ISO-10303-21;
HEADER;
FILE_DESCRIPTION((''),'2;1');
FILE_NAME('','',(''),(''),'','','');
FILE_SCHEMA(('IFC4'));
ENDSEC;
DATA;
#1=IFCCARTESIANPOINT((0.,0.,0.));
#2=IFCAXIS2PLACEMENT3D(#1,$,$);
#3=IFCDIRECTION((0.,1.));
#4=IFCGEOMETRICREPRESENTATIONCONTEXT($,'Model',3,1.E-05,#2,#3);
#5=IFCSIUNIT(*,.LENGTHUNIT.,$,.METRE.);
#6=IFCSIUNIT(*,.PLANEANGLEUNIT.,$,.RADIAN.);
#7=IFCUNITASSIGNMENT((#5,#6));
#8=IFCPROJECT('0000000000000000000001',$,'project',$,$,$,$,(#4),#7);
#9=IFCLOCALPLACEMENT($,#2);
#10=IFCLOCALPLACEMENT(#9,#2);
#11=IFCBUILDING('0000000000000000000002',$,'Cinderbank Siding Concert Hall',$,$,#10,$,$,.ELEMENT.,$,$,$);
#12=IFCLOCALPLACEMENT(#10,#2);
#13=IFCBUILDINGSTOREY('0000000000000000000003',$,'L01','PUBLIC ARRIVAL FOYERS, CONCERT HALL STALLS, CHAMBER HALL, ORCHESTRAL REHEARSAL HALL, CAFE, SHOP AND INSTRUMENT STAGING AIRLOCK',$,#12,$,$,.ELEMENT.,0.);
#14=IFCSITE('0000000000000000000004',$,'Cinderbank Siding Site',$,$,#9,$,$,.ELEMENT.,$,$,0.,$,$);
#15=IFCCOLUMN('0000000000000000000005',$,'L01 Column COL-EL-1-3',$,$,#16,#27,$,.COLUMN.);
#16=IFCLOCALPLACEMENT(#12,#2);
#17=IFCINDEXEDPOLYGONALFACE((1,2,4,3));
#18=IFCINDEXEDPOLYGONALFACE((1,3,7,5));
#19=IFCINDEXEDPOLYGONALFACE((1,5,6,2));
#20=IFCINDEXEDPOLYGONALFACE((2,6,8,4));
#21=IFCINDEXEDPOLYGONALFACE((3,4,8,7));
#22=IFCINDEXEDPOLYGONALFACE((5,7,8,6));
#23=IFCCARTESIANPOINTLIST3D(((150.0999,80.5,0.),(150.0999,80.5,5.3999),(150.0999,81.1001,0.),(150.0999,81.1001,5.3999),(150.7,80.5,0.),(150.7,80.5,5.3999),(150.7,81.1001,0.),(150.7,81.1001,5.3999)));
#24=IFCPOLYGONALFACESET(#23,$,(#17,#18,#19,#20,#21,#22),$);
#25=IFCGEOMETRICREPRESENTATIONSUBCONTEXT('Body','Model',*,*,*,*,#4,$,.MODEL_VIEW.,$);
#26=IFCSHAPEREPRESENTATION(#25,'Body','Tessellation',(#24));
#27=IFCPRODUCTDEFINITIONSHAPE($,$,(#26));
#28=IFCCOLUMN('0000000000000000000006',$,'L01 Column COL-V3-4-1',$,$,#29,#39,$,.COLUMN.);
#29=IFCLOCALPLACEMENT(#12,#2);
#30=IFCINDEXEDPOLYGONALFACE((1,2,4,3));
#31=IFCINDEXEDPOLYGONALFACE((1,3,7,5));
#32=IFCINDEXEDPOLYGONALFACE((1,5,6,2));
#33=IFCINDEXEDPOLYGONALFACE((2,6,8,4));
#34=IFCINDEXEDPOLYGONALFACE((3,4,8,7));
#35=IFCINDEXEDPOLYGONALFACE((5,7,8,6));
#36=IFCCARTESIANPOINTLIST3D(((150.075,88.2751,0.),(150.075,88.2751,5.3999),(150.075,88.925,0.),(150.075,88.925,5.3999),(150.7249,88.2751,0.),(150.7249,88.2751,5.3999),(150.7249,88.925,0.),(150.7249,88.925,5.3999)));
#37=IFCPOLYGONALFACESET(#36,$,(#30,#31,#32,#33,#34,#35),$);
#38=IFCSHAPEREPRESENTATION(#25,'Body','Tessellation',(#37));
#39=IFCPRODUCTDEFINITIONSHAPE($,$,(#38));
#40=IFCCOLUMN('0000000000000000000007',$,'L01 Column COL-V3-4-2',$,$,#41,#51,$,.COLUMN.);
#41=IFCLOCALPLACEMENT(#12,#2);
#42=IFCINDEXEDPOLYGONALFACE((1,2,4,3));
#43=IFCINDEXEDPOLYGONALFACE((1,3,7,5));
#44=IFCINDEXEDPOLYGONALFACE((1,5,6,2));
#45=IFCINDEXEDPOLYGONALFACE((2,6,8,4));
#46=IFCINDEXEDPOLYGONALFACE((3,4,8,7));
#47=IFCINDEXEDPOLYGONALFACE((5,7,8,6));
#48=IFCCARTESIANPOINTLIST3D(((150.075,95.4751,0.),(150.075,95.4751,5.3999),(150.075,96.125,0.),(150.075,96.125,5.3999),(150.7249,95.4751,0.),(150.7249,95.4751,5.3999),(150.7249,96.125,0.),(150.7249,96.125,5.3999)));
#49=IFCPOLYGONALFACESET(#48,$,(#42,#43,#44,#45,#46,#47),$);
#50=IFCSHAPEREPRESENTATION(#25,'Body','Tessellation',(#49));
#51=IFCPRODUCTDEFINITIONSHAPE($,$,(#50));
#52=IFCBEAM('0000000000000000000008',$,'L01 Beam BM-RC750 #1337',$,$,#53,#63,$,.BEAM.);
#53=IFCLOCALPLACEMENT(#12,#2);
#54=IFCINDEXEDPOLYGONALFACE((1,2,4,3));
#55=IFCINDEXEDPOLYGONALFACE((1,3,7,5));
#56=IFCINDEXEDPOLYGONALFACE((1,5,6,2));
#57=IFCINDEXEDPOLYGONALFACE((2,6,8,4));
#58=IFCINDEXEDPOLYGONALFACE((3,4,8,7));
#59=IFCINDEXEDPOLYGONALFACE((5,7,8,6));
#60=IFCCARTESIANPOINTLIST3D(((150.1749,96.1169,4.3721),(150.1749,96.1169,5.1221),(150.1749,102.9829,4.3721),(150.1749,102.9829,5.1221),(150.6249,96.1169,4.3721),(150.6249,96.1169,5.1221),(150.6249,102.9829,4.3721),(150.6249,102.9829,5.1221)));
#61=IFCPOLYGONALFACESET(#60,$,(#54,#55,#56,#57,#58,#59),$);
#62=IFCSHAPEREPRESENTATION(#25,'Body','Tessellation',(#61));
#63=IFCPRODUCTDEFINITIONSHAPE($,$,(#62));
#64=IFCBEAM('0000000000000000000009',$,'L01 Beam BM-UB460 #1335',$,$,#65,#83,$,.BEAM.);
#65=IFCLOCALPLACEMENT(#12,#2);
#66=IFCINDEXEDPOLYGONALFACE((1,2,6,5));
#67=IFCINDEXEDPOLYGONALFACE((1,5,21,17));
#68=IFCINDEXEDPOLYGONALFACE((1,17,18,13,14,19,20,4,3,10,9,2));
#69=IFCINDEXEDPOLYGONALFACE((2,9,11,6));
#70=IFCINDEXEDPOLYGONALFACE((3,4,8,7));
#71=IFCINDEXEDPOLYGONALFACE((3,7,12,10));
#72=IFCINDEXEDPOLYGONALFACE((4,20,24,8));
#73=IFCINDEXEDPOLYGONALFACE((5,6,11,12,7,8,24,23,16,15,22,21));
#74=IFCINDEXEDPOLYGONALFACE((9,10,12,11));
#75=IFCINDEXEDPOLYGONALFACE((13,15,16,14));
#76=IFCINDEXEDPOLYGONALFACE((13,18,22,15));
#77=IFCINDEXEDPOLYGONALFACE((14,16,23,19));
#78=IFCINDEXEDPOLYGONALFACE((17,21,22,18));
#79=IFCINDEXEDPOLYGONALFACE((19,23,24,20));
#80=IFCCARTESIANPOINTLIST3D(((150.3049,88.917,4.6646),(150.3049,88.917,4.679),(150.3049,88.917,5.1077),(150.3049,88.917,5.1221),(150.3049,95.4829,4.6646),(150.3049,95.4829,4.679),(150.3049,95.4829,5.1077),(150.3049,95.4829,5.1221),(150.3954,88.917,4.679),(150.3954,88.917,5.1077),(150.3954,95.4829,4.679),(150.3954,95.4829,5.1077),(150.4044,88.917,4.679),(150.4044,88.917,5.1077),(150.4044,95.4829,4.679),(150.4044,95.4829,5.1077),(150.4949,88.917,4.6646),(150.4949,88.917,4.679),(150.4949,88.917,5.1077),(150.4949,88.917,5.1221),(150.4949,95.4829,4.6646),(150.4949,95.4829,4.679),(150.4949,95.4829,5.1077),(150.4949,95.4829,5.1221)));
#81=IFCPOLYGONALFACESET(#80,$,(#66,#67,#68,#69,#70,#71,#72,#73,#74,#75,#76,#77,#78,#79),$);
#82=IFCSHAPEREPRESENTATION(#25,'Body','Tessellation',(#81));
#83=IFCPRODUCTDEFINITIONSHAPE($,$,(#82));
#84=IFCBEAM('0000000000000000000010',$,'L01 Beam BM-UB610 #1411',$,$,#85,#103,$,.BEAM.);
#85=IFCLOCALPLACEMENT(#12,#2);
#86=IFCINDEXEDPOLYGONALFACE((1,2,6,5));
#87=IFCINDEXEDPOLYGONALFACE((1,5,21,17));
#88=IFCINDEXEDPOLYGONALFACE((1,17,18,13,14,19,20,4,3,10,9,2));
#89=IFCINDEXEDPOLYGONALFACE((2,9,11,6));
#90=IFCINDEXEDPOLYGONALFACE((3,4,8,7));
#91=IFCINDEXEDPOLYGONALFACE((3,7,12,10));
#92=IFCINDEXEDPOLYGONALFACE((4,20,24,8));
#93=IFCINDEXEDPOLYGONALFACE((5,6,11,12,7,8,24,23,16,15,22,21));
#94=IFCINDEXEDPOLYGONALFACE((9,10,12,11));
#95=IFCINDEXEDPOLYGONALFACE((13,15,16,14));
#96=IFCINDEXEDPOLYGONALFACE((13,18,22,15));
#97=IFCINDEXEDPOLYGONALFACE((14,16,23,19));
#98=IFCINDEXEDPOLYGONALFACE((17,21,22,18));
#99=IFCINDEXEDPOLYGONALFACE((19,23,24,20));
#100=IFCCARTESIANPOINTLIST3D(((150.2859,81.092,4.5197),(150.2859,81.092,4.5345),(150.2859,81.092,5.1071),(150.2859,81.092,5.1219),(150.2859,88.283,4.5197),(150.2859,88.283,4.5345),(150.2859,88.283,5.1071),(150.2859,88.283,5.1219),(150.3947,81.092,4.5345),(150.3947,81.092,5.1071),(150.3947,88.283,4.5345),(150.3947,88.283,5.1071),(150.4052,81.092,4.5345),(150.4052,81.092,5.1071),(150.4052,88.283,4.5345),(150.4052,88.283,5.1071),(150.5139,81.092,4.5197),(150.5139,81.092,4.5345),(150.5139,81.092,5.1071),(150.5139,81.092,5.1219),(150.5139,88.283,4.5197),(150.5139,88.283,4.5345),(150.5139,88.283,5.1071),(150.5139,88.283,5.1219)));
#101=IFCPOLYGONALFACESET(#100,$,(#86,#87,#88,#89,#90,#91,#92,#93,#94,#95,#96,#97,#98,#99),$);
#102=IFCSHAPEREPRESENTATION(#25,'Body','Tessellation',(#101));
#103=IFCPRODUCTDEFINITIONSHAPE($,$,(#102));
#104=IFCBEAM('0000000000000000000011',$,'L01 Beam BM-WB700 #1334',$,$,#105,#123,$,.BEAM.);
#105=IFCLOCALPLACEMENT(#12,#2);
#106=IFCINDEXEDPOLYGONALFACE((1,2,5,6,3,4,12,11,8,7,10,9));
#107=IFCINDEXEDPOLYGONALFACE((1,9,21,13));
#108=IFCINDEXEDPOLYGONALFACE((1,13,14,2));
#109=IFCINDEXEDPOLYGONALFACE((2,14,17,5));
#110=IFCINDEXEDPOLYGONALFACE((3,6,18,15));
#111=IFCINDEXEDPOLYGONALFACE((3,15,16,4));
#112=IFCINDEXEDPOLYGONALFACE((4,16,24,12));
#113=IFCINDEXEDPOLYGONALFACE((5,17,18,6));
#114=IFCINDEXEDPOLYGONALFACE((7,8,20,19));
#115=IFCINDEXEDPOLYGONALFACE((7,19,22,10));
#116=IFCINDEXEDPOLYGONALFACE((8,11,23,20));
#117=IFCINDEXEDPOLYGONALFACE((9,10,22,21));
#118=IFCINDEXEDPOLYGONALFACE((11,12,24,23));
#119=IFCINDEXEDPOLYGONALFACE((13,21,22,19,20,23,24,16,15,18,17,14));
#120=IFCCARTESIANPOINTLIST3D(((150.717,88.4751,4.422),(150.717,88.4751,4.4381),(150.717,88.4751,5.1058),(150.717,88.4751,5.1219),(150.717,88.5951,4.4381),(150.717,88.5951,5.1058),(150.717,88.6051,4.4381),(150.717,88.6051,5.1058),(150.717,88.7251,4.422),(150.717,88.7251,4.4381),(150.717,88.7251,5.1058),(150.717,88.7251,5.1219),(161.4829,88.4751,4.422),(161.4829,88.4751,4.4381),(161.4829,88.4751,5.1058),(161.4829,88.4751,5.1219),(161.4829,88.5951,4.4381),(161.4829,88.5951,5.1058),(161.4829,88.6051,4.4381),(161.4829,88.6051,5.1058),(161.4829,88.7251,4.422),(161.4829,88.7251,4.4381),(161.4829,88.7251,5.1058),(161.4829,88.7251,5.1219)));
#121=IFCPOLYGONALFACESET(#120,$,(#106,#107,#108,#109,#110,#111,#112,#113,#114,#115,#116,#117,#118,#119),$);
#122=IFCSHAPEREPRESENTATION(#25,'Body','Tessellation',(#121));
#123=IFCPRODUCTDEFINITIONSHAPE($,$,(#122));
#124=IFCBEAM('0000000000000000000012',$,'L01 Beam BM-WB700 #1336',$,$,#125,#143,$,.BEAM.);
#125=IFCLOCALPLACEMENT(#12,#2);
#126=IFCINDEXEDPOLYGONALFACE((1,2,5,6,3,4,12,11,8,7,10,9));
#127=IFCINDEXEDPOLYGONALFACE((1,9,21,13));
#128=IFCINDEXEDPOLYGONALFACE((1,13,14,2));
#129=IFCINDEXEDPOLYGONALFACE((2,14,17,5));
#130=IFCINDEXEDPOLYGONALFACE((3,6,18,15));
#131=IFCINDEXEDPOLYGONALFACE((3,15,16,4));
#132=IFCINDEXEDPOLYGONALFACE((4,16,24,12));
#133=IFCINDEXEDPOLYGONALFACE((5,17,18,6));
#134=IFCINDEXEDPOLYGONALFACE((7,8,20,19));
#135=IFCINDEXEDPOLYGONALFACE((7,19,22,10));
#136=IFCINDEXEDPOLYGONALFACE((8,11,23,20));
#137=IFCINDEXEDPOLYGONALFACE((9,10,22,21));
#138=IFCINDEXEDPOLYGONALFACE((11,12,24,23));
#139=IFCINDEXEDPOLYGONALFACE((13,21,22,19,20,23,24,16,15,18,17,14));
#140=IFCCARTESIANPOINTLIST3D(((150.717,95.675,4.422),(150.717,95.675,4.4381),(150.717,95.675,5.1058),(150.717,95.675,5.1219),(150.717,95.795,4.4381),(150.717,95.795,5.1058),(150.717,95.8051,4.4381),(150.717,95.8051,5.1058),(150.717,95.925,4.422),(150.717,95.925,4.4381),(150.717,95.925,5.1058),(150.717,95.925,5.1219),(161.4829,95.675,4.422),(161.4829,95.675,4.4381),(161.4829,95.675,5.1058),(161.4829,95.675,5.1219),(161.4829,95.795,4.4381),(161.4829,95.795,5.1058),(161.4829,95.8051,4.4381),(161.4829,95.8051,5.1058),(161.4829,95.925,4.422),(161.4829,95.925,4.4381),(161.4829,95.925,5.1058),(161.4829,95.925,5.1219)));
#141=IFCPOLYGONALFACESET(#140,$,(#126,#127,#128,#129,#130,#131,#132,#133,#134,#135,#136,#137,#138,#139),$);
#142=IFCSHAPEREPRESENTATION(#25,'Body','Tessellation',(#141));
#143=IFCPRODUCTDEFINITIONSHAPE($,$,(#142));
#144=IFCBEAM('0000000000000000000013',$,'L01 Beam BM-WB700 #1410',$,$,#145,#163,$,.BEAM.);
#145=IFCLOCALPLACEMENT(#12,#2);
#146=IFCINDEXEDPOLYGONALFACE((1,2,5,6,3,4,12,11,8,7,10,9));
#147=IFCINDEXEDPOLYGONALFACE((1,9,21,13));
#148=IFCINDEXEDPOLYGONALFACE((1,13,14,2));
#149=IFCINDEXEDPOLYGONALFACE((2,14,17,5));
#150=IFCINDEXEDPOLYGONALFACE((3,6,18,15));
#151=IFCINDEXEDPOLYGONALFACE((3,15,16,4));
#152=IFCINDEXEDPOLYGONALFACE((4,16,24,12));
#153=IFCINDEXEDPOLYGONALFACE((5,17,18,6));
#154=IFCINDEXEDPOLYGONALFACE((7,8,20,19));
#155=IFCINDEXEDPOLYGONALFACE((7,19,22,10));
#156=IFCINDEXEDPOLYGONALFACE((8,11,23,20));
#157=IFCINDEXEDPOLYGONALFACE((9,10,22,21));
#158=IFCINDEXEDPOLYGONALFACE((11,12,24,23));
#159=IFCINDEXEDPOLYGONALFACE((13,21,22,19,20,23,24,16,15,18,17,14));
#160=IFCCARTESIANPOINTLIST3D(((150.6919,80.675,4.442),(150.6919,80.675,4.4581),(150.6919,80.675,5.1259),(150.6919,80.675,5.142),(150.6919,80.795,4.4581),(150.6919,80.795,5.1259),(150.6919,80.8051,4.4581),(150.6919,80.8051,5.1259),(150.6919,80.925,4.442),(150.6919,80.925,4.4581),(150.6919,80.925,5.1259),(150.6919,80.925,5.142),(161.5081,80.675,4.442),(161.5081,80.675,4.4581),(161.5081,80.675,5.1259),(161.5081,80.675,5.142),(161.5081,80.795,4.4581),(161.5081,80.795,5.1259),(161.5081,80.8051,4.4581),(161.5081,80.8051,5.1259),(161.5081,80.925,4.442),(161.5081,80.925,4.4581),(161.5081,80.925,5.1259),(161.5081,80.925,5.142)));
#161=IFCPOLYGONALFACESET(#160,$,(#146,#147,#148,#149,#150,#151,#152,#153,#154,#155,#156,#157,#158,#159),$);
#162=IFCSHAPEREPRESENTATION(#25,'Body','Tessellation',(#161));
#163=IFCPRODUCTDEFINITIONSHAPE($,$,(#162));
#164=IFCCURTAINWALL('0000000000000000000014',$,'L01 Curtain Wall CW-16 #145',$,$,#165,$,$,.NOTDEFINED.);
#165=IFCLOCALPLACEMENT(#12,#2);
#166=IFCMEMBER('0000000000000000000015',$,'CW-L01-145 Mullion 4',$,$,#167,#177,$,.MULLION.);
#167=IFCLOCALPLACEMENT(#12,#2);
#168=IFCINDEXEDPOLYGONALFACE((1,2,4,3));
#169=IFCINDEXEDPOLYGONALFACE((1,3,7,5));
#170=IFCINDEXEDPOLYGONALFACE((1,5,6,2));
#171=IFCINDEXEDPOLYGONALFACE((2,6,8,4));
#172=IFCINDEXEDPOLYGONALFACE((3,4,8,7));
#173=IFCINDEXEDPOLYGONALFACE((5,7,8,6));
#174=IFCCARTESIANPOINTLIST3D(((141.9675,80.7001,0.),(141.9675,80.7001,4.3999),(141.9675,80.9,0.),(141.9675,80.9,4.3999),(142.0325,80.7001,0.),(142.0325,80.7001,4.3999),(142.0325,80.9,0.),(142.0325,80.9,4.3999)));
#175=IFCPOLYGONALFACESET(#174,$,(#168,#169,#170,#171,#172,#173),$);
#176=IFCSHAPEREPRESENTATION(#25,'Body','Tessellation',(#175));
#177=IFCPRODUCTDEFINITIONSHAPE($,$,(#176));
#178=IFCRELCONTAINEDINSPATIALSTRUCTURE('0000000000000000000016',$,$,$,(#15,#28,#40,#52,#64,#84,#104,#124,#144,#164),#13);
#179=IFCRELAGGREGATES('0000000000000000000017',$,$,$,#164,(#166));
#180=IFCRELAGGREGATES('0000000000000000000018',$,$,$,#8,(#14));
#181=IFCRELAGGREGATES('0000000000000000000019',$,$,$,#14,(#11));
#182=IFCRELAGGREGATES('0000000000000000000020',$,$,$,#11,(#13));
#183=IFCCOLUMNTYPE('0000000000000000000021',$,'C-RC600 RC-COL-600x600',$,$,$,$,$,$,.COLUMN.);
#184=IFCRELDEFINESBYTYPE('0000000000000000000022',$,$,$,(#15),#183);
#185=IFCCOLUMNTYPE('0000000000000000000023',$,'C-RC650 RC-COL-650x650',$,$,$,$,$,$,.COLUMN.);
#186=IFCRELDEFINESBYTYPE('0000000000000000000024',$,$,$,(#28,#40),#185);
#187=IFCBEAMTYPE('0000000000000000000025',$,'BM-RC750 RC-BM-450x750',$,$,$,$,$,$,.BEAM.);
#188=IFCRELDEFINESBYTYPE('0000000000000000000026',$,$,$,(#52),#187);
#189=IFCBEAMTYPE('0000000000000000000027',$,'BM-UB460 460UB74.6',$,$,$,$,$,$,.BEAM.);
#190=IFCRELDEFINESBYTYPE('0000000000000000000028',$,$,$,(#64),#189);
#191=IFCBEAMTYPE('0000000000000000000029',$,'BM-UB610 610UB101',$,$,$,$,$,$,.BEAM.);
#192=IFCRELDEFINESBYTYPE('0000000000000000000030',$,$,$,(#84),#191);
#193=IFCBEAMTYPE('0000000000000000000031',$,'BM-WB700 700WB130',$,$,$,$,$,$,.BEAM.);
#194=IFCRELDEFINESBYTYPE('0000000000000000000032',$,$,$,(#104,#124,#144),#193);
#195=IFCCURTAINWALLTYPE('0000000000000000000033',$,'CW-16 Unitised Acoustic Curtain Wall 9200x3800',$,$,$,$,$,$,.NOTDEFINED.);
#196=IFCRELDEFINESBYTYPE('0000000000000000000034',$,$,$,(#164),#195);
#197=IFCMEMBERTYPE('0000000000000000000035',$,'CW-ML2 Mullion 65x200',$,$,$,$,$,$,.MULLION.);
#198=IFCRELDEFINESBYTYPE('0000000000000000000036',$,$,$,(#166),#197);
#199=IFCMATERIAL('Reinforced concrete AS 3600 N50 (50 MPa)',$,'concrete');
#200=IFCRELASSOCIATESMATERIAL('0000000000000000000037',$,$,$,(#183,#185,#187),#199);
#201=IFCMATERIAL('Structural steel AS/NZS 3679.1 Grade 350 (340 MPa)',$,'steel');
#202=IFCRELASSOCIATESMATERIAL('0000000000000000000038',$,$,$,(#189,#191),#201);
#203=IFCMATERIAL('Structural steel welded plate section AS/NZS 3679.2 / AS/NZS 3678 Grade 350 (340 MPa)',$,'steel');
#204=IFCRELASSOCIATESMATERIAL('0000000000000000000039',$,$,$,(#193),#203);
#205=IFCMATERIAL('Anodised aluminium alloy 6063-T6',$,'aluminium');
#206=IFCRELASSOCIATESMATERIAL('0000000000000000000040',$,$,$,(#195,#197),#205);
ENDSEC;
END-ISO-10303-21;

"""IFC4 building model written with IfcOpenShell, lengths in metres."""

from ifc_helpers import new_model, si_unit, direction, frame, origin, origin_2d, place, context, subcontext, project, spatial, rectangle, i_section, extrude, material, material_profile, profile_set, type_object, element, aggregate, save


model = new_model("IFC4")

# Units and contexts
model_context = context("Model", 3, precision=1e-05, world=origin(), true_north=direction((0.0, 1.0)))
body_context = subcontext(model_context, "Body", "Model", "MODEL_VIEW")
ifc_project = project(units=[si_unit("LENGTHUNIT", "METRE"), si_unit("PLANEANGLEUNIT", "RADIAN")], contexts=[model_context])

# Site, building, storey
site_placement = place(None, origin())
site = spatial("IfcSite", under=ifc_project, at=site_placement, Name="Cinderbank Siding Site", CompositionType="ELEMENT", RefElevation=0.0)
building_placement = place(site_placement, origin())
building = spatial("IfcBuilding", under=site, at=building_placement, Name="Cinderbank Siding Concert Hall", CompositionType="ELEMENT")
storey_placement = place(building_placement, origin())
storey = spatial("IfcBuildingStorey", under=building, at=storey_placement, Name="L01", Description="PUBLIC ARRIVAL FOYERS, CONCERT HALL STALLS, CHAMBER HALL, ORCHESTRAL REHEARSAL HALL, CAFE, SHOP AND INSTRUMENT STAGING AIRLOCK", CompositionType="ELEMENT", Elevation=0.0)

# Columns
ifc_material_1 = material(Name="Reinforced concrete AS 3600 N50 (50 MPa)", Category="concrete")
ifc_material_profile_1 = material_profile(ifc_material_1, rectangle(XDim=0.6001, YDim=0.6001, at=origin_2d()), Name="RC-COL-600x600", Category="LoadBearing")
ifc_profile_set_1 = profile_set([ifc_material_profile_1], Name="Reinforced concrete AS 3600 N50 (50 MPa)")
column_type_1 = type_object("IfcColumnType", Name="C-RC600 RC-COL-600x600", PredefinedType="COLUMN", material=ifc_profile_set_1)
column_placement = place(storey_placement, frame((150.3999, 80.8, 0.0), z_axis=(0.0, 0.0, 1.0), x_axis=(1.0, 0.0, 0.0)))
element("IfcColumn", 1, at=column_placement, inside=storey, type_object=column_type_1, Name="L01 Column COL-EL-1-3", PredefinedType="COLUMN", context=body_context, shape_type="SweptSolid", body=[
    extrude(rectangle(XDim=0.6001, YDim=0.6001, at=origin_2d()), origin(), (0.0, 0.0, 1.0), 5.3999),
])
ifc_material_profile_2 = material_profile(ifc_material_1, rectangle(XDim=0.6499, YDim=0.6499, at=origin_2d()), Name="RC-COL-650x650", Category="LoadBearing")
ifc_profile_set_2 = profile_set([ifc_material_profile_2], Name="Reinforced concrete AS 3600 N50 (50 MPa)")
column_type_2 = type_object("IfcColumnType", Name="C-RC650 RC-COL-650x650", PredefinedType="COLUMN", material=ifc_profile_set_2)
for number, where, z_axis, x_axis, name in (
    (2, (150.3999, 88.6001, 0.0), (0.0, 0.0, 1.0), (1.0, 0.0, 0.0), "L01 Column COL-V3-4-1"),
    (3, (150.3999, 95.8, 0.0), (0.0, 0.0, 1.0), (1.0, 0.0, 0.0), "L01 Column COL-V3-4-2"),
):
    element("IfcColumn", number, at=place(storey_placement, frame(where, z_axis=z_axis, x_axis=x_axis)), inside=storey, type_object=column_type_2, Name=name, PredefinedType="COLUMN", context=body_context, shape_type="SweptSolid", body=[
        extrude(rectangle(XDim=0.6499, YDim=0.6499, at=origin_2d()), origin(), (0.0, 0.0, 1.0), 5.3999),
    ])

# Beams
ifc_material_profile_3 = material_profile(ifc_material_1, rectangle(XDim=0.45, YDim=0.75, at=origin_2d()), Name="RC-BM-450x750", Category="LoadBearing")
ifc_profile_set_3 = profile_set([ifc_material_profile_3], Name="Reinforced concrete AS 3600 N50 (50 MPa)")
beam_type_1 = type_object("IfcBeamType", Name="BM-RC750 RC-BM-450x750", PredefinedType="BEAM", material=ifc_profile_set_3)
beam_1_placement = place(storey_placement, frame((150.3999, 96.1169, 4.7471), z_axis=(0.0, 1.0, 0.0), x_axis=(-1.0, 0.0, 0.0)))
element("IfcBeam", 4, at=beam_1_placement, inside=storey, type_object=beam_type_1, Name="L01 Beam BM-RC750 #1337", PredefinedType="BEAM", context=body_context, shape_type="SweptSolid", body=[
    extrude(rectangle(XDim=0.45, YDim=0.75, at=origin_2d()), origin(), (0.0, 0.0, 1.0), 6.866),
])
ifc_material_2 = material(Name="Structural steel AS/NZS 3679.1 Grade 350 (340 MPa)", Category="steel")
ifc_material_profile_4 = material_profile(ifc_material_2, i_section(OverallWidth=0.1899, OverallDepth=0.4575, WebThickness=0.009, FlangeThickness=0.0144, at=origin_2d()), Name="460UB74.6", Category="LoadBearing")
ifc_profile_set_4 = profile_set([ifc_material_profile_4], Name="Structural steel AS/NZS 3679.1 Grade 350 (340 MPa)")
beam_type_2 = type_object("IfcBeamType", Name="BM-UB460 460UB74.6", PredefinedType="BEAM", material=ifc_profile_set_4)
beam_2_placement = place(storey_placement, frame((150.3999, 88.917, 4.8933), z_axis=(0.0, 1.0, 0.0), x_axis=(-1.0, 0.0, 0.0)))
element("IfcBeam", 5, at=beam_2_placement, inside=storey, type_object=beam_type_2, Name="L01 Beam BM-UB460 #1335", PredefinedType="BEAM", context=body_context, shape_type="SweptSolid", body=[
    extrude(i_section(OverallWidth=0.1899, OverallDepth=0.4575, WebThickness=0.009, FlangeThickness=0.0144, at=origin_2d()), origin(), (0.0, 0.0, 1.0), 6.5659),
])
ifc_material_profile_5 = material_profile(ifc_material_2, i_section(OverallWidth=0.228, OverallDepth=0.6023, WebThickness=0.0105, FlangeThickness=0.0149, at=origin_2d()), Name="610UB101", Category="LoadBearing")
ifc_profile_set_5 = profile_set([ifc_material_profile_5], Name="Structural steel AS/NZS 3679.1 Grade 350 (340 MPa)")
beam_type_3 = type_object("IfcBeamType", Name="BM-UB610 610UB101", PredefinedType="BEAM", material=ifc_profile_set_5)
beam_3_placement = place(storey_placement, frame((150.3999, 81.092, 4.8208), z_axis=(0.0, 1.0, 0.0), x_axis=(-1.0, 0.0, 0.0)))
element("IfcBeam", 6, at=beam_3_placement, inside=storey, type_object=beam_type_3, Name="L01 Beam BM-UB610 #1411", PredefinedType="BEAM", context=body_context, shape_type="SweptSolid", body=[
    extrude(i_section(OverallWidth=0.228, OverallDepth=0.6023, WebThickness=0.0105, FlangeThickness=0.0149, at=origin_2d()), origin(), (0.0, 0.0, 1.0), 7.1909),
])
ifc_material_3 = material(Name="Structural steel welded plate section AS/NZS 3679.2 / AS/NZS 3678 Grade 350 (340 MPa)", Category="steel")
ifc_material_profile_6 = material_profile(ifc_material_3, i_section(OverallWidth=0.25, OverallDepth=0.7, WebThickness=0.01, FlangeThickness=0.0161, at=origin_2d()), Name="700WB130", Category="LoadBearing")
ifc_profile_set_6 = profile_set([ifc_material_profile_6], Name="Structural steel welded plate section AS/NZS 3679.2 / AS/NZS 3678 Grade 350 (340 MPa)")
beam_type_4 = type_object("IfcBeamType", Name="BM-WB700 700WB130", PredefinedType="BEAM", material=ifc_profile_set_6)
for number, where, z_axis, x_axis, name in (
    (7, (150.717, 88.6001, 4.772), (1.0, 0.0, 0.0), (0.0, 1.0, 0.0), "L01 Beam BM-WB700 #1334"),
    (8, (150.717, 95.8, 4.772), (1.0, 0.0, 0.0), (0.0, 1.0, 0.0), "L01 Beam BM-WB700 #1336"),
):
    element("IfcBeam", number, at=place(storey_placement, frame(where, z_axis=z_axis, x_axis=x_axis)), inside=storey, type_object=beam_type_4, Name=name, PredefinedType="BEAM", context=body_context, shape_type="SweptSolid", body=[
        extrude(i_section(OverallWidth=0.25, OverallDepth=0.7, WebThickness=0.01, FlangeThickness=0.0161, at=origin_2d()), origin(), (0.0, 0.0, 1.0), 10.7659),
    ])
beam_4_placement = place(storey_placement, frame((150.6919, 80.8, 4.792), z_axis=(1.0, 0.0, 0.0), x_axis=(0.0, 1.0, 0.0)))
element("IfcBeam", 9, at=beam_4_placement, inside=storey, type_object=beam_type_4, Name="L01 Beam BM-WB700 #1410", PredefinedType="BEAM", context=body_context, shape_type="SweptSolid", body=[
    extrude(i_section(OverallWidth=0.25, OverallDepth=0.7, WebThickness=0.01, FlangeThickness=0.0161, at=origin_2d()), origin(), (0.0, 0.0, 1.0), 10.8162),
])

# Curtain wall, member
ifc_material_4 = material(Name="Anodised aluminium alloy 6063-T6", Category="aluminium")
curtain_wall_type = type_object("IfcCurtainWallType", Name="CW-16 Unitised Acoustic Curtain Wall 9200x3800", PredefinedType="NOTDEFINED", material=ifc_material_4)
curtain_wall_placement = place(storey_placement, origin())
curtain_wall = element("IfcCurtainWall", 10, at=curtain_wall_placement, inside=storey, type_object=curtain_wall_type, Name="L01 Curtain Wall CW-16 #145", PredefinedType="NOTDEFINED")
ifc_material_profile_7 = material_profile(ifc_material_4, rectangle(XDim=0.0649, YDim=0.2, at=origin_2d()), Name="ALU-MULL-65x200", Category="LoadBearing")
ifc_profile_set_7 = profile_set([ifc_material_profile_7], Name="Anodised aluminium alloy 6063-T6")
member_type_1 = type_object("IfcMemberType", Name="CW-ML2 Mullion 65x200", PredefinedType="MULLION", material=ifc_profile_set_7)
member_1_placement = place(storey_placement, frame((142.0, 80.8, 0.0), z_axis=(0.0, 0.0, 1.0), x_axis=(1.0, 0.0, 0.0)))
member_1 = element("IfcMember", 11, at=member_1_placement, type_object=member_type_1, Name="CW-L01-145 Mullion 4", PredefinedType="MULLION", context=body_context, shape_type="SweptSolid", body=[
    extrude(rectangle(XDim=0.0649, YDim=0.2, at=origin_2d()), origin(), (0.0, 0.0, 1.0), 4.3999),
])

aggregate(curtain_wall, [member_1])

save(model, "model.ifc")
